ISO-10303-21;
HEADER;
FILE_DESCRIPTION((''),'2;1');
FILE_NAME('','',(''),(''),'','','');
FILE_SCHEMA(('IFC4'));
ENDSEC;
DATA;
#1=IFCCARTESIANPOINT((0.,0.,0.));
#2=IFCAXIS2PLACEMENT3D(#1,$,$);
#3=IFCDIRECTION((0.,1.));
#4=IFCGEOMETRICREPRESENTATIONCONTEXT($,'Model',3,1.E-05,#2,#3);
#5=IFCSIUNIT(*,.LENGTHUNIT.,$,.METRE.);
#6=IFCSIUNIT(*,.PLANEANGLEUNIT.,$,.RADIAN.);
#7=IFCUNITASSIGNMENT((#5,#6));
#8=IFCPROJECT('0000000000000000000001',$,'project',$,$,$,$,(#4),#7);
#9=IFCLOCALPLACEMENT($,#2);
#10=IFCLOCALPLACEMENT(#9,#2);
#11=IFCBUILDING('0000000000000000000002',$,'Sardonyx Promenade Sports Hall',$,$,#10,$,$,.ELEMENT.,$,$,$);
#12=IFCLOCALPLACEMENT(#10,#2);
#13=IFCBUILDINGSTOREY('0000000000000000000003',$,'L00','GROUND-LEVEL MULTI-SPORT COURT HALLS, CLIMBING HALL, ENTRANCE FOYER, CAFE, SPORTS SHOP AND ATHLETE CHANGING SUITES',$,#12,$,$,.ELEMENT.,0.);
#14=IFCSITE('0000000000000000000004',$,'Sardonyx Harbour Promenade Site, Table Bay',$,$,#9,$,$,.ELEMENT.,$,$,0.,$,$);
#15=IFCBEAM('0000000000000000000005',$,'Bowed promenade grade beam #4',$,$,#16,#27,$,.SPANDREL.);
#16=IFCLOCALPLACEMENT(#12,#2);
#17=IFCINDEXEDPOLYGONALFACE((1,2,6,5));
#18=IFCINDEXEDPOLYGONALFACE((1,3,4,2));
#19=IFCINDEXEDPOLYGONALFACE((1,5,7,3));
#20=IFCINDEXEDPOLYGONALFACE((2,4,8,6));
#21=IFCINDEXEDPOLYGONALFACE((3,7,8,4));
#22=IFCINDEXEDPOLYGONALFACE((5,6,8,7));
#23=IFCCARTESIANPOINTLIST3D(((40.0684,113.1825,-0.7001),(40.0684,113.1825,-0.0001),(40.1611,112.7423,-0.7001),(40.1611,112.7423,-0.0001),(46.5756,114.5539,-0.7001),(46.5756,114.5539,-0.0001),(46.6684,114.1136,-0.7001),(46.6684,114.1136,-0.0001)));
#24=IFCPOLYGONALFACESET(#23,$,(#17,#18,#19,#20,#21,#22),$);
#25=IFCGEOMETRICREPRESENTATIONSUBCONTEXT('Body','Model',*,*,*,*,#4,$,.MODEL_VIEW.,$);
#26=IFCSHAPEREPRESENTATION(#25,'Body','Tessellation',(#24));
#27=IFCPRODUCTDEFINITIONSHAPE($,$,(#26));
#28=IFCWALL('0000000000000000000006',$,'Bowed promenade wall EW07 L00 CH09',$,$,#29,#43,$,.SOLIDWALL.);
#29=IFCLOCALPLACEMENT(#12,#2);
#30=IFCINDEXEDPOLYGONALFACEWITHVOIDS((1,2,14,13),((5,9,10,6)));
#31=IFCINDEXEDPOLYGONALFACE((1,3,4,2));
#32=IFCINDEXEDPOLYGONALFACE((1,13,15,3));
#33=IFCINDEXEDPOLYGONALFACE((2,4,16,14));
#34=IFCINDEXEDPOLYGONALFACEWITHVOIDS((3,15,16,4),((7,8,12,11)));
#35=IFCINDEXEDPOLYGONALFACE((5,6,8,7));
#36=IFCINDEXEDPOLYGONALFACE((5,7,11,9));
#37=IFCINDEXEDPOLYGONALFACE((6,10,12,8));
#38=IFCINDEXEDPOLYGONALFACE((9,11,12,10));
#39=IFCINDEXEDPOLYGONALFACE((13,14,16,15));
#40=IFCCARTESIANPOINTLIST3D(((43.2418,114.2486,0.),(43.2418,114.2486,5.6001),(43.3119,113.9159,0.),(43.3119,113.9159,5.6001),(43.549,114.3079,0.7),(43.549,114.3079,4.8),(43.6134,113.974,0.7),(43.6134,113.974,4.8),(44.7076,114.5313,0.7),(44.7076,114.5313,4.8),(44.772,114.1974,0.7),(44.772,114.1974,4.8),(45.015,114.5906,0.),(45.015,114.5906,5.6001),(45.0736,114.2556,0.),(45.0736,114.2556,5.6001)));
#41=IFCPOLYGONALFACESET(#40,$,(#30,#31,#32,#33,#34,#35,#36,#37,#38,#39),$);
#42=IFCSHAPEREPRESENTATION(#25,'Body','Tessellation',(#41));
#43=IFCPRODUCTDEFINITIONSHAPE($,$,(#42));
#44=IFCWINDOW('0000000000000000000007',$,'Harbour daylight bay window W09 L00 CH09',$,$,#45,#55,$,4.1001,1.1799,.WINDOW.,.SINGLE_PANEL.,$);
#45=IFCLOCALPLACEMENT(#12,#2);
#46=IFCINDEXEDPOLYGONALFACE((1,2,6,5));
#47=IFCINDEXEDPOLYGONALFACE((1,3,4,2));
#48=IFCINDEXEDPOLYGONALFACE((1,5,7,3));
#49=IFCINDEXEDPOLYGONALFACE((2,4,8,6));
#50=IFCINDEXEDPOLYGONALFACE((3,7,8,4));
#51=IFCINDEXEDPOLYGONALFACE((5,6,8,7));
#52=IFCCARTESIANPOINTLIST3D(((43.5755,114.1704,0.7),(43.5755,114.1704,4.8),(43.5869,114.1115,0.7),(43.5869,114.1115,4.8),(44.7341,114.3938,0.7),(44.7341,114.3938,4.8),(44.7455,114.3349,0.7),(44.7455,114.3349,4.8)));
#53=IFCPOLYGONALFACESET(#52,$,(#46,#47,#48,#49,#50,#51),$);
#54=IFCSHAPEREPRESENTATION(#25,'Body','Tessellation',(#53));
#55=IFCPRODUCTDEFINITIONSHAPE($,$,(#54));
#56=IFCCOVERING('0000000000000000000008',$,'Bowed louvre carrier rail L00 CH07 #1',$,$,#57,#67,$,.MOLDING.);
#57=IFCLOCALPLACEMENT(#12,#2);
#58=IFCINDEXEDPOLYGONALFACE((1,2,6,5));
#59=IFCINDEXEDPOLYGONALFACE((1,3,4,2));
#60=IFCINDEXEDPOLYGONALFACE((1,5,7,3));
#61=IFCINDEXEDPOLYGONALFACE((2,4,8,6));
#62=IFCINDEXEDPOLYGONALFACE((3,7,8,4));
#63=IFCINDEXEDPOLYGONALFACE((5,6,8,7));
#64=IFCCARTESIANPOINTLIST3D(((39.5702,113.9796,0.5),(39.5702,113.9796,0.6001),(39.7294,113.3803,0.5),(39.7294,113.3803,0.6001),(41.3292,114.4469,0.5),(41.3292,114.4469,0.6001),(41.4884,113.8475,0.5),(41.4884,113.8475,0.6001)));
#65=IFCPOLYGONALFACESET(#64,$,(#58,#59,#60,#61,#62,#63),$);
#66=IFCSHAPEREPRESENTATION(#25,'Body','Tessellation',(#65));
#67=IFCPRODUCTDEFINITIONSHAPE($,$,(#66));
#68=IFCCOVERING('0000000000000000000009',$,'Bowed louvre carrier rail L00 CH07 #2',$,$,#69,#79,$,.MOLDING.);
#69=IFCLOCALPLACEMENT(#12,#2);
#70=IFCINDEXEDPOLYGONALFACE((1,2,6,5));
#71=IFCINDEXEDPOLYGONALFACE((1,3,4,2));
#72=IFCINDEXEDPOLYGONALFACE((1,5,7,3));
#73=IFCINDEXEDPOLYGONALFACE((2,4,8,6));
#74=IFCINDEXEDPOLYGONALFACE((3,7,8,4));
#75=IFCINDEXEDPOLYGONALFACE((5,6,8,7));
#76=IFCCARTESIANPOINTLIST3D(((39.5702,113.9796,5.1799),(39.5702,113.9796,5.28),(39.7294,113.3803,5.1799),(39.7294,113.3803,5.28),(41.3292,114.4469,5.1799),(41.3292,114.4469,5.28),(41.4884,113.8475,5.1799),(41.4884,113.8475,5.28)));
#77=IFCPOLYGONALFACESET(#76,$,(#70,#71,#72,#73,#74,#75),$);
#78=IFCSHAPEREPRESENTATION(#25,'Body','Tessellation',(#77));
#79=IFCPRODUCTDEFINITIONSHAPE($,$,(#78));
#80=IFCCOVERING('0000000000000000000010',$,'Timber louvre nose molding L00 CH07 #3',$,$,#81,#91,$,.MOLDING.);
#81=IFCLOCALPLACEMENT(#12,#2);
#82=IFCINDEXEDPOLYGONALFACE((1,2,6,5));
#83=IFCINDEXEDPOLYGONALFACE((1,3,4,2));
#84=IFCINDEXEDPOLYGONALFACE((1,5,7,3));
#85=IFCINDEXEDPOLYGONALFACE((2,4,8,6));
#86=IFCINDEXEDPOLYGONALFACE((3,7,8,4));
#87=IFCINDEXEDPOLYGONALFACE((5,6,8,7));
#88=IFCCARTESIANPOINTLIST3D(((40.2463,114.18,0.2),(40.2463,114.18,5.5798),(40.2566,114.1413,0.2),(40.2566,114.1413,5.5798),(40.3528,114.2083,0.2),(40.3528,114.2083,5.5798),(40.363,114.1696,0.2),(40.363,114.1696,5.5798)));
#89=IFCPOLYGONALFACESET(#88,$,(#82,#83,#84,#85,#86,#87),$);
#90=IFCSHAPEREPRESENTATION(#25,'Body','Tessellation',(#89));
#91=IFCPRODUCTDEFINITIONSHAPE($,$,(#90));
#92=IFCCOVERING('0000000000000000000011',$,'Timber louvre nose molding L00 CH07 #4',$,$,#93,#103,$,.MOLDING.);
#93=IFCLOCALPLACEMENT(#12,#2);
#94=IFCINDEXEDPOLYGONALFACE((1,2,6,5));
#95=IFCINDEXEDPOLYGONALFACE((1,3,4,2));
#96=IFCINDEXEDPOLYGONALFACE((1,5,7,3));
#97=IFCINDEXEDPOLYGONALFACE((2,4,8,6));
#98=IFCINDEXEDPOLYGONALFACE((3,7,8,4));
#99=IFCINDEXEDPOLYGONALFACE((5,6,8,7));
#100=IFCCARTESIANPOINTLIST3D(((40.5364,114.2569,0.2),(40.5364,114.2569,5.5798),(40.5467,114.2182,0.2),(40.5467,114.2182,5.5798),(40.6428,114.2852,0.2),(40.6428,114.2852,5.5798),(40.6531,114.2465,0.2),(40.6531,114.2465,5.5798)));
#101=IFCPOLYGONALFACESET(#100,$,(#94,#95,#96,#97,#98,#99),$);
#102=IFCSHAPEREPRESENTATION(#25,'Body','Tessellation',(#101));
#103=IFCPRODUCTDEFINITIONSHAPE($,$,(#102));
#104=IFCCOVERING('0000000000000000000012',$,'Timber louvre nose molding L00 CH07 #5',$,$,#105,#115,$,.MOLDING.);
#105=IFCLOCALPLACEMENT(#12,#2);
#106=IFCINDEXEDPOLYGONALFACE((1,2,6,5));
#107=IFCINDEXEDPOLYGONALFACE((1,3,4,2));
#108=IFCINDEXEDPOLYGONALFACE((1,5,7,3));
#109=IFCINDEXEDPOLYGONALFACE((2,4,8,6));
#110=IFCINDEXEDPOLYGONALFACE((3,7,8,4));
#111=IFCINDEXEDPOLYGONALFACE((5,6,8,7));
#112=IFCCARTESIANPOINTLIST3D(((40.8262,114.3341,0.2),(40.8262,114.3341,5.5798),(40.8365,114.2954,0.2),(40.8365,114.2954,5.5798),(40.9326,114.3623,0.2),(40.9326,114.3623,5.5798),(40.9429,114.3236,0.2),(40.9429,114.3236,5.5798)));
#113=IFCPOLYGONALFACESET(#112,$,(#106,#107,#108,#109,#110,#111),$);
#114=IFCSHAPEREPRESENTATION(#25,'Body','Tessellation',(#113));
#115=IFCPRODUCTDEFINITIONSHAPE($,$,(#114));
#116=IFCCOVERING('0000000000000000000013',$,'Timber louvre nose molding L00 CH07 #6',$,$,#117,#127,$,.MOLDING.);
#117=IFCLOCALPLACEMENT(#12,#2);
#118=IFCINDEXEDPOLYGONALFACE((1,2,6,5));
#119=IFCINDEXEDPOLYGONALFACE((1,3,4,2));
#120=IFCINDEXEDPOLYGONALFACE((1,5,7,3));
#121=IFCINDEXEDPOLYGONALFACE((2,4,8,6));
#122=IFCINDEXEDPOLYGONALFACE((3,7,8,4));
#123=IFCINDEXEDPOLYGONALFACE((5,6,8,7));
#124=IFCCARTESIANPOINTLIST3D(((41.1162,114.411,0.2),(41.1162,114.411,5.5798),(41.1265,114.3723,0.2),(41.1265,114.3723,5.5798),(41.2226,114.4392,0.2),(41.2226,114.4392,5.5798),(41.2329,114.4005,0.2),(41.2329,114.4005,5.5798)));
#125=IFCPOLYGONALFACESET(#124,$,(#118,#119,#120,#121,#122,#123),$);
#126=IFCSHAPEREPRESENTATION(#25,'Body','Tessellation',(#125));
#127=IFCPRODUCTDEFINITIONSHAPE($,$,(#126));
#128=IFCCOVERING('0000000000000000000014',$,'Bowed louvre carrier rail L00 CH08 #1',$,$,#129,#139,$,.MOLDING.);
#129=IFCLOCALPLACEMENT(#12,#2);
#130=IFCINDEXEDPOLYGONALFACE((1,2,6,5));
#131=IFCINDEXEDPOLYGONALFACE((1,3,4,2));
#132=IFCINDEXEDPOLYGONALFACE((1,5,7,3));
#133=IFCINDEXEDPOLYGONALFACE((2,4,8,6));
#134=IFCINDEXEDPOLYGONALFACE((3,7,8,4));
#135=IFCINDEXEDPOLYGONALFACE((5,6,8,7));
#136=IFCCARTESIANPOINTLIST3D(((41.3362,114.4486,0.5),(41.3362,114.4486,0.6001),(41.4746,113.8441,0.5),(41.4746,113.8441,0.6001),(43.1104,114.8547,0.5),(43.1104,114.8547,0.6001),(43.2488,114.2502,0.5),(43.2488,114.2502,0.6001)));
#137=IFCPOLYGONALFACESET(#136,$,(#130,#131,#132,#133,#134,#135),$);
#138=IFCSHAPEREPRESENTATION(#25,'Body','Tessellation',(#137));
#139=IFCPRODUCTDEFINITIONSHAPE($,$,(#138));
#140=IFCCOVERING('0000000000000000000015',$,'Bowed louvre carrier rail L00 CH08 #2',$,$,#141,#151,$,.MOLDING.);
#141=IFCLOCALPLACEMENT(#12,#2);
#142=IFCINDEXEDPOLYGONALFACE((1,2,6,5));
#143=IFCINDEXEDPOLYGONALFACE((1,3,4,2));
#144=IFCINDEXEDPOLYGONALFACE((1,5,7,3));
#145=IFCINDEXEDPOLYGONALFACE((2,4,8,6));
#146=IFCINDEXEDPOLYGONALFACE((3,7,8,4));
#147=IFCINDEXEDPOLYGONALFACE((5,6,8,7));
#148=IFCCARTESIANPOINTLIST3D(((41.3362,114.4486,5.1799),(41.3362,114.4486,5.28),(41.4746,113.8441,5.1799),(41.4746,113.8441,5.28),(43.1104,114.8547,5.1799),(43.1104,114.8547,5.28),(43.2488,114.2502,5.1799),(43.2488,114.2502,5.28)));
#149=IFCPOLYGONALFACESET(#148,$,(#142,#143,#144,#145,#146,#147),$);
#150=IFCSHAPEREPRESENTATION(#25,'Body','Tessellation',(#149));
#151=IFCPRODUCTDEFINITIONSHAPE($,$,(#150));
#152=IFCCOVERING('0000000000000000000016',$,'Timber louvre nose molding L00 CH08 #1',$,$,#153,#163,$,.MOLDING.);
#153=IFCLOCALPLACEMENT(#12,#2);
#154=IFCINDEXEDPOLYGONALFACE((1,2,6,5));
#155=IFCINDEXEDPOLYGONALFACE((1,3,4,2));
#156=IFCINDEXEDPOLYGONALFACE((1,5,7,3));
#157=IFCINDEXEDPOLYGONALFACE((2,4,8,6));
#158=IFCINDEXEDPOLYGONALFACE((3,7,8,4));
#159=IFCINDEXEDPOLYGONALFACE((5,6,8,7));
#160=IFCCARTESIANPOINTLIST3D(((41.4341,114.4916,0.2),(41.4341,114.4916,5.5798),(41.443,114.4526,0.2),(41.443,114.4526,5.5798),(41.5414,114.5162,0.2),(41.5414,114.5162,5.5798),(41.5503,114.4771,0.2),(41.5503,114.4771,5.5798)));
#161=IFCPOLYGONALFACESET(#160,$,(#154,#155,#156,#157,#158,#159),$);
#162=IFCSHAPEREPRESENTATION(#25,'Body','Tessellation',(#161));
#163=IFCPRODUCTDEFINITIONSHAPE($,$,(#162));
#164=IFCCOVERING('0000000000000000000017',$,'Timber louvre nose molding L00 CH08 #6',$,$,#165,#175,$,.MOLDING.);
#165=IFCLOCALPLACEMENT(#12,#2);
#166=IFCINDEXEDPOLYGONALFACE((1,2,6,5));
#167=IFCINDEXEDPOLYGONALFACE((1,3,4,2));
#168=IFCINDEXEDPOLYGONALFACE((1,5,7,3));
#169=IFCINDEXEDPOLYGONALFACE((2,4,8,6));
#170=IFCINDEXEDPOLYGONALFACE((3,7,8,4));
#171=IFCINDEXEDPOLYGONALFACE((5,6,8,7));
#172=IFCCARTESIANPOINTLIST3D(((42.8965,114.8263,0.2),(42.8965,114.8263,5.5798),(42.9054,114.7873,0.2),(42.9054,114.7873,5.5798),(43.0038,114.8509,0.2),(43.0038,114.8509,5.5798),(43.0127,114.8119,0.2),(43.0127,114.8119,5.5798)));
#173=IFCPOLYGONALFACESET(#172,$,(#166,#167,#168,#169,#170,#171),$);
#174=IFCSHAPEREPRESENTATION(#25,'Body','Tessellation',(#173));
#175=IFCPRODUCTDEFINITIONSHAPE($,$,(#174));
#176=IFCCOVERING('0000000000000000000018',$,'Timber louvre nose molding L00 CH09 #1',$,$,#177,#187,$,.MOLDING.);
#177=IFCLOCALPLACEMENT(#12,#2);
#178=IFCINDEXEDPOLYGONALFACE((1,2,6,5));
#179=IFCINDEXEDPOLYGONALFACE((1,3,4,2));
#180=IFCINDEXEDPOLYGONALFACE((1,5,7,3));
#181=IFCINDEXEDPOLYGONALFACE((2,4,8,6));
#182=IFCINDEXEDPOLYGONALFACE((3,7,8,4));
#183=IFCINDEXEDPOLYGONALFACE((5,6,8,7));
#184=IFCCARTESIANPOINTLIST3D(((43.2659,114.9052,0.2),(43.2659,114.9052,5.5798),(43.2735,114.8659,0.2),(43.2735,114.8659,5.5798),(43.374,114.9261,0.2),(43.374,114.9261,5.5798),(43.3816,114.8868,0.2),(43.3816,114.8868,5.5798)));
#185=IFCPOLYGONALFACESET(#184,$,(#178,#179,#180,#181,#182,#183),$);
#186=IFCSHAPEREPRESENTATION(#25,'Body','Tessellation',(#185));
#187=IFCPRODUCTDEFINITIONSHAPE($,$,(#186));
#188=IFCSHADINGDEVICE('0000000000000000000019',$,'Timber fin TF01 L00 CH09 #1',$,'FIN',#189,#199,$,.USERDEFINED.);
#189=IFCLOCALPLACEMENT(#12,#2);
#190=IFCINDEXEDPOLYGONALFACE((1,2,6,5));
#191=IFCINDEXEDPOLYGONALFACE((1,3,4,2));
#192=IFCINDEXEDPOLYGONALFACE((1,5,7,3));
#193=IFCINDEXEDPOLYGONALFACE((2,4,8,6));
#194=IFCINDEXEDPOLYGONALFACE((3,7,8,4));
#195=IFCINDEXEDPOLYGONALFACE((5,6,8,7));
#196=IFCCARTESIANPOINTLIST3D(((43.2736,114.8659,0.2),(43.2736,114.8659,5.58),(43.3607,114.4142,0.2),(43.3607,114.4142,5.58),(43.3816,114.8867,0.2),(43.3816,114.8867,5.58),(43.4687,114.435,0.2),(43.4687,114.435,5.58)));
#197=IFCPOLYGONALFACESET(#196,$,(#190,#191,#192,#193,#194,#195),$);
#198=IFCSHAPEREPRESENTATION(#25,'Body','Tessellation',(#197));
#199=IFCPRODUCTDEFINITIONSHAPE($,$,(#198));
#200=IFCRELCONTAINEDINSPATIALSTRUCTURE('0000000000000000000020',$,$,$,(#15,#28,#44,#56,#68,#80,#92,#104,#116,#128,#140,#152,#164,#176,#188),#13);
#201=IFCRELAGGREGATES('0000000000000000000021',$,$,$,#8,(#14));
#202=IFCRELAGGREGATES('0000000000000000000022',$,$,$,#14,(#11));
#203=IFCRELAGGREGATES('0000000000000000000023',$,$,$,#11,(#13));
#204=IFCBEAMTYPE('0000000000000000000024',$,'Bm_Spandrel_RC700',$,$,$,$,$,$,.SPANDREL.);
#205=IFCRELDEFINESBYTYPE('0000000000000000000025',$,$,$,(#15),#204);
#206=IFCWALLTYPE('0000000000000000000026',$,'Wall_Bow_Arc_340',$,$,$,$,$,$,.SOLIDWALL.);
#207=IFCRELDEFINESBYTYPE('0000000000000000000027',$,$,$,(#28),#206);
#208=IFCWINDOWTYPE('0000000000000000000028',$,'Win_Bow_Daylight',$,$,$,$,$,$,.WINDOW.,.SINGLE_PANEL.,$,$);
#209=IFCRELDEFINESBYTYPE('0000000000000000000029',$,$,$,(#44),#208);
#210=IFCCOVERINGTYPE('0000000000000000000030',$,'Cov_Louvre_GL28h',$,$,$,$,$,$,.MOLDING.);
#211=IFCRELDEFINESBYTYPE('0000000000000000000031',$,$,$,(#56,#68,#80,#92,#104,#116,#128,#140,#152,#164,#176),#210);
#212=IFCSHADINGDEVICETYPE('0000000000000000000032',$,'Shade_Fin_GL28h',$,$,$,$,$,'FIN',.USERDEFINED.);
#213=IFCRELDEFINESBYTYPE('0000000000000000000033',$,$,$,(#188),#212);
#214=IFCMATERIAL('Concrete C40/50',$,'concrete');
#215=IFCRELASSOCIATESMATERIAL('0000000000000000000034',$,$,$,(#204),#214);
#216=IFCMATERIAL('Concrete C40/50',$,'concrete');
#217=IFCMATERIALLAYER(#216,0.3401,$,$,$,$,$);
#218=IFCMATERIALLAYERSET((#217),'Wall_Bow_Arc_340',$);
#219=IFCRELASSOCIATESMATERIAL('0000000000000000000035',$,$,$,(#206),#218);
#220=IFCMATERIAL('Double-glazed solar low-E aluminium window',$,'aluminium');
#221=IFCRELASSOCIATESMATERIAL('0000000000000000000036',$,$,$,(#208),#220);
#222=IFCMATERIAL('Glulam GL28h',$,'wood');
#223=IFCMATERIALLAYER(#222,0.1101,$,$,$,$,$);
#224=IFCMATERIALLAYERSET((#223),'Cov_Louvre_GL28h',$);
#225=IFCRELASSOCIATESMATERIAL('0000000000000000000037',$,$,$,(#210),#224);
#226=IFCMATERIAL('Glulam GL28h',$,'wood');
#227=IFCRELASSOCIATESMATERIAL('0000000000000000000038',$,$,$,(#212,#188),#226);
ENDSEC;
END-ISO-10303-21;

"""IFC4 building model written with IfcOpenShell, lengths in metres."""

from ifc_helpers import new_model, si_unit, direction, frame, frame_2d, origin, origin_2d, place, context, subcontext, project, spatial, polyline, rectangle, outline, extrude, material, layer, layer_set, material_profile, profile_set, type_object, element, fill, save


model = new_model("IFC4")

# Units and contexts
model_context = context("Model", 3, precision=1e-05, world=origin(), true_north=direction((0.0, 1.0)))
body_context = subcontext(model_context, "Body", "Model", "MODEL_VIEW")
ifc_project = project(units=[si_unit("LENGTHUNIT", "METRE"), si_unit("PLANEANGLEUNIT", "RADIAN")], contexts=[model_context])

# Site, building, storey
site_placement = place(None, origin())
site = spatial("IfcSite", under=ifc_project, at=site_placement, Name="Sardonyx Harbour Promenade Site, Table Bay", CompositionType="ELEMENT", RefElevation=0.0)
building_placement = place(site_placement, origin())
building = spatial("IfcBuilding", under=site, at=building_placement, Name="Sardonyx Promenade Sports Hall", CompositionType="ELEMENT")
storey_placement = place(building_placement, origin())
storey = spatial("IfcBuildingStorey", under=building, at=storey_placement, Name="L00", Description="GROUND-LEVEL MULTI-SPORT COURT HALLS, CLIMBING HALL, ENTRANCE FOYER, CAFE, SPORTS SHOP AND ATHLETE CHANGING SUITES", CompositionType="ELEMENT", Elevation=0.0)

# Beam
ifc_material_1 = material(Name="Concrete C40/50", Category="concrete")
ifc_material_profile = material_profile(ifc_material_1, rectangle(XDim=0.45, YDim=0.7, at=origin_2d()))
ifc_profile_set = profile_set([ifc_material_profile], Name="Concrete C40/50")
beam_type = type_object("IfcBeamType", Name="Bm_Spandrel_RC700", PredefinedType="SPANDREL", material=ifc_profile_set)
beam_placement = place(storey_placement, frame((40.1147, 112.9624, -0.3501), z_axis=(0.978508, 0.206208, 0.0), x_axis=(-0.206208, 0.978508, 0.0)))
element("IfcBeam", 1, at=beam_placement, inside=storey, type_object=beam_type, Name="Bowed promenade grade beam #4", PredefinedType="SPANDREL", context=body_context, shape_type="SweptSolid", body=[
    extrude(rectangle(XDim=0.45, YDim=0.7, at=origin_2d()), origin(), (0.0, 0.0, 1.0), 6.6501),
])

# Shared definitions
ifc_material_2 = material(Name="Concrete C40/50", Category="concrete")
ifc_layer_1 = layer(ifc_material_2, 0.3401)
ifc_layer_set_1 = layer_set([ifc_layer_1], Name="Wall_Bow_Arc_340")
wall_type = type_object("IfcWallType", Name="Wall_Bow_Arc_340", PredefinedType="SOLIDWALL", material=ifc_layer_set_1)

# Wall, opening, window
wall_1_placement = place(storey_placement, frame((43.2769, 114.0823, 0.0), z_axis=(0.0, 0.0, 1.0), x_axis=(0.981913, 0.18933, 0.0)))
wall_1 = element("IfcWall", 2, at=wall_1_placement, inside=storey, type_object=wall_type, Name="Bowed promenade wall EW07 L00 CH09", PredefinedType="SOLIDWALL", context=body_context, shape_type="SweptSolid", body=[
    extrude(outline(polyline([(0.0029, -0.17), (1.7971, -0.17), (1.8029, 0.17), (-0.0029, 0.17), (0.0029, -0.17)])), origin(), (0.0, 0.0, 1.0), 5.6001),
])
opening_1_placement = place(wall_1_placement, frame((0.3101, 0.0, 0.7)))
opening_1 = element("IfcOpeningElement", 3, at=opening_1_placement, cuts=wall_1, PredefinedType="OPENING", context=body_context, shape_type="SweptSolid", body=[
    extrude(rectangle(XDim=1.1799, YDim=4.1001, at=frame_2d((0.5898, 2.05))), frame((0.0, 0.18, 0.0), z_axis=(0.0, -1.0, 0.0), x_axis=(1.0, 0.0, 0.0)), (0.0, 0.0, 1.0), 0.36),
])
ifc_material_3 = material(Name="Double-glazed solar low-E aluminium window", Category="aluminium")
window_type = type_object("IfcWindowType", Name="Win_Bow_Daylight", PartitioningType="SINGLE_PANEL", PredefinedType="WINDOW", material=ifc_material_3)
window_placement = place(opening_1_placement, origin())
window = element("IfcWindow", 4, at=window_placement, inside=storey, type_object=window_type, Name="Harbour daylight bay window W09 L00 CH09", OverallHeight=4.1001, OverallWidth=1.1799, PartitioningType="SINGLE_PANEL", PredefinedType="WINDOW", context=body_context, shape_type="SweptSolid", body=[
    extrude(rectangle(XDim=1.1799, YDim=4.1001, at=frame_2d((0.5898, 2.05))), frame((0.0, 0.03, 0.0), z_axis=(0.0, -1.0, 0.0), x_axis=(1.0, 0.0, 0.0)), (0.0, 0.0, 1.0), 0.0601),
])
fill(opening_1, window)

# Coverings
ifc_material_4 = material(Name="Glulam GL28h", Category="wood")
ifc_layer_2 = layer(ifc_material_4, 0.1101)
ifc_layer_set_2 = layer_set([ifc_layer_2], Name="Cov_Louvre_GL28h")
covering_type = type_object("IfcCoveringType", Name="Cov_Louvre_GL28h", PredefinedType="MOLDING", material=ifc_layer_set_2)
for number, where, z_axis, x_axis, name in (
    (5, (40.5293, 113.9136, 0.5), (0.0, 0.0, 1.0), (0.966485, 0.256721, 0.0), "Bowed louvre carrier rail L00 CH07 #1"),
    (6, (40.5293, 113.9136, 5.1799), (0.0, 0.0, 1.0), (0.966485, 0.256721, 0.0), "Bowed louvre carrier rail L00 CH07 #2"),
):
    element("IfcCovering", number, at=place(storey_placement, frame(where, z_axis=z_axis, x_axis=x_axis)), inside=storey, type_object=covering_type, Name=name, PredefinedType="MOLDING", context=body_context, shape_type="SweptSolid", body=[
        extrude(rectangle(XDim=1.8201, YDim=0.6201, at=origin_2d()), origin(), (0.0, 0.0, 1.0), 0.1001),
    ])
for number, where, z_axis, x_axis, name in (
    (7, (40.3047, 114.1748, 0.2), (0.0, 0.0, 1.0), (0.966485, 0.256721, 0.0), "Timber louvre nose molding L00 CH07 #3"),
    (8, (40.5947, 114.2517, 0.2), (0.0, 0.0, 1.0), (0.966485, 0.256721, 0.0), "Timber louvre nose molding L00 CH07 #4"),
    (9, (40.8845, 114.3289, 0.2), (0.0, 0.0, 1.0), (0.966485, 0.256721, 0.0), "Timber louvre nose molding L00 CH07 #5"),
    (10, (41.1746, 114.4058, 0.2), (0.0, 0.0, 1.0), (0.966485, 0.256721, 0.0), "Timber louvre nose molding L00 CH07 #6"),
):
    element("IfcCovering", number, at=place(storey_placement, frame(where, z_axis=z_axis, x_axis=x_axis)), inside=storey, type_object=covering_type, Name=name, PredefinedType="MOLDING", context=body_context, shape_type="SweptSolid", body=[
        extrude(rectangle(XDim=0.1101, YDim=0.04, at=origin_2d()), origin(), (0.0, 0.0, 1.0), 5.3799),
    ])
for number, where, z_axis, x_axis, name in (
    (11, (42.2925, 114.3494, 0.5), (0.0, 0.0, 1.0), (0.974792, 0.223117, 0.0), "Bowed louvre carrier rail L00 CH08 #1"),
    (12, (42.2925, 114.3494, 5.1799), (0.0, 0.0, 1.0), (0.974792, 0.223117, 0.0), "Bowed louvre carrier rail L00 CH08 #2"),
):
    element("IfcCovering", number, at=place(storey_placement, frame(where, z_axis=z_axis, x_axis=x_axis)), inside=storey, type_object=covering_type, Name=name, PredefinedType="MOLDING", context=body_context, shape_type="SweptSolid", body=[
        extrude(rectangle(XDim=1.8201, YDim=0.6201, at=origin_2d()), origin(), (0.0, 0.0, 1.0), 0.1001),
    ])
for number, where, z_axis, x_axis, name in (
    (13, (41.4922, 114.4844, 0.2), (0.0, 0.0, 1.0), (0.974792, 0.223117, 0.0), "Timber louvre nose molding L00 CH08 #1"),
    (14, (42.9546, 114.8191, 0.2), (0.0, 0.0, 1.0), (0.974792, 0.223117, 0.0), "Timber louvre nose molding L00 CH08 #6"),
    (15, (43.3237, 114.896, 0.2), (0.0, 0.0, 1.0), (0.98193, 0.189246, 0.0), "Timber louvre nose molding L00 CH09 #1"),
):
    element("IfcCovering", number, at=place(storey_placement, frame(where, z_axis=z_axis, x_axis=x_axis)), inside=storey, type_object=covering_type, Name=name, PredefinedType="MOLDING", context=body_context, shape_type="SweptSolid", body=[
        extrude(rectangle(XDim=0.1101, YDim=0.04, at=origin_2d()), origin(), (0.0, 0.0, 1.0), 5.3799),
    ])

# Shading device
ifc_material_5 = material(Name="Glulam GL28h", Category="wood")
shading_device_type_1 = type_object("IfcShadingDeviceType", Name="Shade_Fin_GL28h", ElementType="FIN", PredefinedType="USERDEFINED", material=ifc_material_5)
shading_device_placement = place(storey_placement, frame((43.3711, 114.6505, 0.2), z_axis=(0.0, 0.0, 1.0), x_axis=(0.98193, 0.189246, 0.0)))
element("IfcShadingDevice", 16, at=shading_device_placement, inside=storey, type_object=shading_device_type_1, material=ifc_material_5, Name="Timber fin TF01 L00 CH09 #1", ObjectType="FIN", PredefinedType="USERDEFINED", context=body_context, shape_type="SweptSolid", body=[
    extrude(rectangle(XDim=0.11, YDim=0.46), origin(), (0.0, 0.0, 1.0), 5.38),
])

save(model, "model.ifc")
